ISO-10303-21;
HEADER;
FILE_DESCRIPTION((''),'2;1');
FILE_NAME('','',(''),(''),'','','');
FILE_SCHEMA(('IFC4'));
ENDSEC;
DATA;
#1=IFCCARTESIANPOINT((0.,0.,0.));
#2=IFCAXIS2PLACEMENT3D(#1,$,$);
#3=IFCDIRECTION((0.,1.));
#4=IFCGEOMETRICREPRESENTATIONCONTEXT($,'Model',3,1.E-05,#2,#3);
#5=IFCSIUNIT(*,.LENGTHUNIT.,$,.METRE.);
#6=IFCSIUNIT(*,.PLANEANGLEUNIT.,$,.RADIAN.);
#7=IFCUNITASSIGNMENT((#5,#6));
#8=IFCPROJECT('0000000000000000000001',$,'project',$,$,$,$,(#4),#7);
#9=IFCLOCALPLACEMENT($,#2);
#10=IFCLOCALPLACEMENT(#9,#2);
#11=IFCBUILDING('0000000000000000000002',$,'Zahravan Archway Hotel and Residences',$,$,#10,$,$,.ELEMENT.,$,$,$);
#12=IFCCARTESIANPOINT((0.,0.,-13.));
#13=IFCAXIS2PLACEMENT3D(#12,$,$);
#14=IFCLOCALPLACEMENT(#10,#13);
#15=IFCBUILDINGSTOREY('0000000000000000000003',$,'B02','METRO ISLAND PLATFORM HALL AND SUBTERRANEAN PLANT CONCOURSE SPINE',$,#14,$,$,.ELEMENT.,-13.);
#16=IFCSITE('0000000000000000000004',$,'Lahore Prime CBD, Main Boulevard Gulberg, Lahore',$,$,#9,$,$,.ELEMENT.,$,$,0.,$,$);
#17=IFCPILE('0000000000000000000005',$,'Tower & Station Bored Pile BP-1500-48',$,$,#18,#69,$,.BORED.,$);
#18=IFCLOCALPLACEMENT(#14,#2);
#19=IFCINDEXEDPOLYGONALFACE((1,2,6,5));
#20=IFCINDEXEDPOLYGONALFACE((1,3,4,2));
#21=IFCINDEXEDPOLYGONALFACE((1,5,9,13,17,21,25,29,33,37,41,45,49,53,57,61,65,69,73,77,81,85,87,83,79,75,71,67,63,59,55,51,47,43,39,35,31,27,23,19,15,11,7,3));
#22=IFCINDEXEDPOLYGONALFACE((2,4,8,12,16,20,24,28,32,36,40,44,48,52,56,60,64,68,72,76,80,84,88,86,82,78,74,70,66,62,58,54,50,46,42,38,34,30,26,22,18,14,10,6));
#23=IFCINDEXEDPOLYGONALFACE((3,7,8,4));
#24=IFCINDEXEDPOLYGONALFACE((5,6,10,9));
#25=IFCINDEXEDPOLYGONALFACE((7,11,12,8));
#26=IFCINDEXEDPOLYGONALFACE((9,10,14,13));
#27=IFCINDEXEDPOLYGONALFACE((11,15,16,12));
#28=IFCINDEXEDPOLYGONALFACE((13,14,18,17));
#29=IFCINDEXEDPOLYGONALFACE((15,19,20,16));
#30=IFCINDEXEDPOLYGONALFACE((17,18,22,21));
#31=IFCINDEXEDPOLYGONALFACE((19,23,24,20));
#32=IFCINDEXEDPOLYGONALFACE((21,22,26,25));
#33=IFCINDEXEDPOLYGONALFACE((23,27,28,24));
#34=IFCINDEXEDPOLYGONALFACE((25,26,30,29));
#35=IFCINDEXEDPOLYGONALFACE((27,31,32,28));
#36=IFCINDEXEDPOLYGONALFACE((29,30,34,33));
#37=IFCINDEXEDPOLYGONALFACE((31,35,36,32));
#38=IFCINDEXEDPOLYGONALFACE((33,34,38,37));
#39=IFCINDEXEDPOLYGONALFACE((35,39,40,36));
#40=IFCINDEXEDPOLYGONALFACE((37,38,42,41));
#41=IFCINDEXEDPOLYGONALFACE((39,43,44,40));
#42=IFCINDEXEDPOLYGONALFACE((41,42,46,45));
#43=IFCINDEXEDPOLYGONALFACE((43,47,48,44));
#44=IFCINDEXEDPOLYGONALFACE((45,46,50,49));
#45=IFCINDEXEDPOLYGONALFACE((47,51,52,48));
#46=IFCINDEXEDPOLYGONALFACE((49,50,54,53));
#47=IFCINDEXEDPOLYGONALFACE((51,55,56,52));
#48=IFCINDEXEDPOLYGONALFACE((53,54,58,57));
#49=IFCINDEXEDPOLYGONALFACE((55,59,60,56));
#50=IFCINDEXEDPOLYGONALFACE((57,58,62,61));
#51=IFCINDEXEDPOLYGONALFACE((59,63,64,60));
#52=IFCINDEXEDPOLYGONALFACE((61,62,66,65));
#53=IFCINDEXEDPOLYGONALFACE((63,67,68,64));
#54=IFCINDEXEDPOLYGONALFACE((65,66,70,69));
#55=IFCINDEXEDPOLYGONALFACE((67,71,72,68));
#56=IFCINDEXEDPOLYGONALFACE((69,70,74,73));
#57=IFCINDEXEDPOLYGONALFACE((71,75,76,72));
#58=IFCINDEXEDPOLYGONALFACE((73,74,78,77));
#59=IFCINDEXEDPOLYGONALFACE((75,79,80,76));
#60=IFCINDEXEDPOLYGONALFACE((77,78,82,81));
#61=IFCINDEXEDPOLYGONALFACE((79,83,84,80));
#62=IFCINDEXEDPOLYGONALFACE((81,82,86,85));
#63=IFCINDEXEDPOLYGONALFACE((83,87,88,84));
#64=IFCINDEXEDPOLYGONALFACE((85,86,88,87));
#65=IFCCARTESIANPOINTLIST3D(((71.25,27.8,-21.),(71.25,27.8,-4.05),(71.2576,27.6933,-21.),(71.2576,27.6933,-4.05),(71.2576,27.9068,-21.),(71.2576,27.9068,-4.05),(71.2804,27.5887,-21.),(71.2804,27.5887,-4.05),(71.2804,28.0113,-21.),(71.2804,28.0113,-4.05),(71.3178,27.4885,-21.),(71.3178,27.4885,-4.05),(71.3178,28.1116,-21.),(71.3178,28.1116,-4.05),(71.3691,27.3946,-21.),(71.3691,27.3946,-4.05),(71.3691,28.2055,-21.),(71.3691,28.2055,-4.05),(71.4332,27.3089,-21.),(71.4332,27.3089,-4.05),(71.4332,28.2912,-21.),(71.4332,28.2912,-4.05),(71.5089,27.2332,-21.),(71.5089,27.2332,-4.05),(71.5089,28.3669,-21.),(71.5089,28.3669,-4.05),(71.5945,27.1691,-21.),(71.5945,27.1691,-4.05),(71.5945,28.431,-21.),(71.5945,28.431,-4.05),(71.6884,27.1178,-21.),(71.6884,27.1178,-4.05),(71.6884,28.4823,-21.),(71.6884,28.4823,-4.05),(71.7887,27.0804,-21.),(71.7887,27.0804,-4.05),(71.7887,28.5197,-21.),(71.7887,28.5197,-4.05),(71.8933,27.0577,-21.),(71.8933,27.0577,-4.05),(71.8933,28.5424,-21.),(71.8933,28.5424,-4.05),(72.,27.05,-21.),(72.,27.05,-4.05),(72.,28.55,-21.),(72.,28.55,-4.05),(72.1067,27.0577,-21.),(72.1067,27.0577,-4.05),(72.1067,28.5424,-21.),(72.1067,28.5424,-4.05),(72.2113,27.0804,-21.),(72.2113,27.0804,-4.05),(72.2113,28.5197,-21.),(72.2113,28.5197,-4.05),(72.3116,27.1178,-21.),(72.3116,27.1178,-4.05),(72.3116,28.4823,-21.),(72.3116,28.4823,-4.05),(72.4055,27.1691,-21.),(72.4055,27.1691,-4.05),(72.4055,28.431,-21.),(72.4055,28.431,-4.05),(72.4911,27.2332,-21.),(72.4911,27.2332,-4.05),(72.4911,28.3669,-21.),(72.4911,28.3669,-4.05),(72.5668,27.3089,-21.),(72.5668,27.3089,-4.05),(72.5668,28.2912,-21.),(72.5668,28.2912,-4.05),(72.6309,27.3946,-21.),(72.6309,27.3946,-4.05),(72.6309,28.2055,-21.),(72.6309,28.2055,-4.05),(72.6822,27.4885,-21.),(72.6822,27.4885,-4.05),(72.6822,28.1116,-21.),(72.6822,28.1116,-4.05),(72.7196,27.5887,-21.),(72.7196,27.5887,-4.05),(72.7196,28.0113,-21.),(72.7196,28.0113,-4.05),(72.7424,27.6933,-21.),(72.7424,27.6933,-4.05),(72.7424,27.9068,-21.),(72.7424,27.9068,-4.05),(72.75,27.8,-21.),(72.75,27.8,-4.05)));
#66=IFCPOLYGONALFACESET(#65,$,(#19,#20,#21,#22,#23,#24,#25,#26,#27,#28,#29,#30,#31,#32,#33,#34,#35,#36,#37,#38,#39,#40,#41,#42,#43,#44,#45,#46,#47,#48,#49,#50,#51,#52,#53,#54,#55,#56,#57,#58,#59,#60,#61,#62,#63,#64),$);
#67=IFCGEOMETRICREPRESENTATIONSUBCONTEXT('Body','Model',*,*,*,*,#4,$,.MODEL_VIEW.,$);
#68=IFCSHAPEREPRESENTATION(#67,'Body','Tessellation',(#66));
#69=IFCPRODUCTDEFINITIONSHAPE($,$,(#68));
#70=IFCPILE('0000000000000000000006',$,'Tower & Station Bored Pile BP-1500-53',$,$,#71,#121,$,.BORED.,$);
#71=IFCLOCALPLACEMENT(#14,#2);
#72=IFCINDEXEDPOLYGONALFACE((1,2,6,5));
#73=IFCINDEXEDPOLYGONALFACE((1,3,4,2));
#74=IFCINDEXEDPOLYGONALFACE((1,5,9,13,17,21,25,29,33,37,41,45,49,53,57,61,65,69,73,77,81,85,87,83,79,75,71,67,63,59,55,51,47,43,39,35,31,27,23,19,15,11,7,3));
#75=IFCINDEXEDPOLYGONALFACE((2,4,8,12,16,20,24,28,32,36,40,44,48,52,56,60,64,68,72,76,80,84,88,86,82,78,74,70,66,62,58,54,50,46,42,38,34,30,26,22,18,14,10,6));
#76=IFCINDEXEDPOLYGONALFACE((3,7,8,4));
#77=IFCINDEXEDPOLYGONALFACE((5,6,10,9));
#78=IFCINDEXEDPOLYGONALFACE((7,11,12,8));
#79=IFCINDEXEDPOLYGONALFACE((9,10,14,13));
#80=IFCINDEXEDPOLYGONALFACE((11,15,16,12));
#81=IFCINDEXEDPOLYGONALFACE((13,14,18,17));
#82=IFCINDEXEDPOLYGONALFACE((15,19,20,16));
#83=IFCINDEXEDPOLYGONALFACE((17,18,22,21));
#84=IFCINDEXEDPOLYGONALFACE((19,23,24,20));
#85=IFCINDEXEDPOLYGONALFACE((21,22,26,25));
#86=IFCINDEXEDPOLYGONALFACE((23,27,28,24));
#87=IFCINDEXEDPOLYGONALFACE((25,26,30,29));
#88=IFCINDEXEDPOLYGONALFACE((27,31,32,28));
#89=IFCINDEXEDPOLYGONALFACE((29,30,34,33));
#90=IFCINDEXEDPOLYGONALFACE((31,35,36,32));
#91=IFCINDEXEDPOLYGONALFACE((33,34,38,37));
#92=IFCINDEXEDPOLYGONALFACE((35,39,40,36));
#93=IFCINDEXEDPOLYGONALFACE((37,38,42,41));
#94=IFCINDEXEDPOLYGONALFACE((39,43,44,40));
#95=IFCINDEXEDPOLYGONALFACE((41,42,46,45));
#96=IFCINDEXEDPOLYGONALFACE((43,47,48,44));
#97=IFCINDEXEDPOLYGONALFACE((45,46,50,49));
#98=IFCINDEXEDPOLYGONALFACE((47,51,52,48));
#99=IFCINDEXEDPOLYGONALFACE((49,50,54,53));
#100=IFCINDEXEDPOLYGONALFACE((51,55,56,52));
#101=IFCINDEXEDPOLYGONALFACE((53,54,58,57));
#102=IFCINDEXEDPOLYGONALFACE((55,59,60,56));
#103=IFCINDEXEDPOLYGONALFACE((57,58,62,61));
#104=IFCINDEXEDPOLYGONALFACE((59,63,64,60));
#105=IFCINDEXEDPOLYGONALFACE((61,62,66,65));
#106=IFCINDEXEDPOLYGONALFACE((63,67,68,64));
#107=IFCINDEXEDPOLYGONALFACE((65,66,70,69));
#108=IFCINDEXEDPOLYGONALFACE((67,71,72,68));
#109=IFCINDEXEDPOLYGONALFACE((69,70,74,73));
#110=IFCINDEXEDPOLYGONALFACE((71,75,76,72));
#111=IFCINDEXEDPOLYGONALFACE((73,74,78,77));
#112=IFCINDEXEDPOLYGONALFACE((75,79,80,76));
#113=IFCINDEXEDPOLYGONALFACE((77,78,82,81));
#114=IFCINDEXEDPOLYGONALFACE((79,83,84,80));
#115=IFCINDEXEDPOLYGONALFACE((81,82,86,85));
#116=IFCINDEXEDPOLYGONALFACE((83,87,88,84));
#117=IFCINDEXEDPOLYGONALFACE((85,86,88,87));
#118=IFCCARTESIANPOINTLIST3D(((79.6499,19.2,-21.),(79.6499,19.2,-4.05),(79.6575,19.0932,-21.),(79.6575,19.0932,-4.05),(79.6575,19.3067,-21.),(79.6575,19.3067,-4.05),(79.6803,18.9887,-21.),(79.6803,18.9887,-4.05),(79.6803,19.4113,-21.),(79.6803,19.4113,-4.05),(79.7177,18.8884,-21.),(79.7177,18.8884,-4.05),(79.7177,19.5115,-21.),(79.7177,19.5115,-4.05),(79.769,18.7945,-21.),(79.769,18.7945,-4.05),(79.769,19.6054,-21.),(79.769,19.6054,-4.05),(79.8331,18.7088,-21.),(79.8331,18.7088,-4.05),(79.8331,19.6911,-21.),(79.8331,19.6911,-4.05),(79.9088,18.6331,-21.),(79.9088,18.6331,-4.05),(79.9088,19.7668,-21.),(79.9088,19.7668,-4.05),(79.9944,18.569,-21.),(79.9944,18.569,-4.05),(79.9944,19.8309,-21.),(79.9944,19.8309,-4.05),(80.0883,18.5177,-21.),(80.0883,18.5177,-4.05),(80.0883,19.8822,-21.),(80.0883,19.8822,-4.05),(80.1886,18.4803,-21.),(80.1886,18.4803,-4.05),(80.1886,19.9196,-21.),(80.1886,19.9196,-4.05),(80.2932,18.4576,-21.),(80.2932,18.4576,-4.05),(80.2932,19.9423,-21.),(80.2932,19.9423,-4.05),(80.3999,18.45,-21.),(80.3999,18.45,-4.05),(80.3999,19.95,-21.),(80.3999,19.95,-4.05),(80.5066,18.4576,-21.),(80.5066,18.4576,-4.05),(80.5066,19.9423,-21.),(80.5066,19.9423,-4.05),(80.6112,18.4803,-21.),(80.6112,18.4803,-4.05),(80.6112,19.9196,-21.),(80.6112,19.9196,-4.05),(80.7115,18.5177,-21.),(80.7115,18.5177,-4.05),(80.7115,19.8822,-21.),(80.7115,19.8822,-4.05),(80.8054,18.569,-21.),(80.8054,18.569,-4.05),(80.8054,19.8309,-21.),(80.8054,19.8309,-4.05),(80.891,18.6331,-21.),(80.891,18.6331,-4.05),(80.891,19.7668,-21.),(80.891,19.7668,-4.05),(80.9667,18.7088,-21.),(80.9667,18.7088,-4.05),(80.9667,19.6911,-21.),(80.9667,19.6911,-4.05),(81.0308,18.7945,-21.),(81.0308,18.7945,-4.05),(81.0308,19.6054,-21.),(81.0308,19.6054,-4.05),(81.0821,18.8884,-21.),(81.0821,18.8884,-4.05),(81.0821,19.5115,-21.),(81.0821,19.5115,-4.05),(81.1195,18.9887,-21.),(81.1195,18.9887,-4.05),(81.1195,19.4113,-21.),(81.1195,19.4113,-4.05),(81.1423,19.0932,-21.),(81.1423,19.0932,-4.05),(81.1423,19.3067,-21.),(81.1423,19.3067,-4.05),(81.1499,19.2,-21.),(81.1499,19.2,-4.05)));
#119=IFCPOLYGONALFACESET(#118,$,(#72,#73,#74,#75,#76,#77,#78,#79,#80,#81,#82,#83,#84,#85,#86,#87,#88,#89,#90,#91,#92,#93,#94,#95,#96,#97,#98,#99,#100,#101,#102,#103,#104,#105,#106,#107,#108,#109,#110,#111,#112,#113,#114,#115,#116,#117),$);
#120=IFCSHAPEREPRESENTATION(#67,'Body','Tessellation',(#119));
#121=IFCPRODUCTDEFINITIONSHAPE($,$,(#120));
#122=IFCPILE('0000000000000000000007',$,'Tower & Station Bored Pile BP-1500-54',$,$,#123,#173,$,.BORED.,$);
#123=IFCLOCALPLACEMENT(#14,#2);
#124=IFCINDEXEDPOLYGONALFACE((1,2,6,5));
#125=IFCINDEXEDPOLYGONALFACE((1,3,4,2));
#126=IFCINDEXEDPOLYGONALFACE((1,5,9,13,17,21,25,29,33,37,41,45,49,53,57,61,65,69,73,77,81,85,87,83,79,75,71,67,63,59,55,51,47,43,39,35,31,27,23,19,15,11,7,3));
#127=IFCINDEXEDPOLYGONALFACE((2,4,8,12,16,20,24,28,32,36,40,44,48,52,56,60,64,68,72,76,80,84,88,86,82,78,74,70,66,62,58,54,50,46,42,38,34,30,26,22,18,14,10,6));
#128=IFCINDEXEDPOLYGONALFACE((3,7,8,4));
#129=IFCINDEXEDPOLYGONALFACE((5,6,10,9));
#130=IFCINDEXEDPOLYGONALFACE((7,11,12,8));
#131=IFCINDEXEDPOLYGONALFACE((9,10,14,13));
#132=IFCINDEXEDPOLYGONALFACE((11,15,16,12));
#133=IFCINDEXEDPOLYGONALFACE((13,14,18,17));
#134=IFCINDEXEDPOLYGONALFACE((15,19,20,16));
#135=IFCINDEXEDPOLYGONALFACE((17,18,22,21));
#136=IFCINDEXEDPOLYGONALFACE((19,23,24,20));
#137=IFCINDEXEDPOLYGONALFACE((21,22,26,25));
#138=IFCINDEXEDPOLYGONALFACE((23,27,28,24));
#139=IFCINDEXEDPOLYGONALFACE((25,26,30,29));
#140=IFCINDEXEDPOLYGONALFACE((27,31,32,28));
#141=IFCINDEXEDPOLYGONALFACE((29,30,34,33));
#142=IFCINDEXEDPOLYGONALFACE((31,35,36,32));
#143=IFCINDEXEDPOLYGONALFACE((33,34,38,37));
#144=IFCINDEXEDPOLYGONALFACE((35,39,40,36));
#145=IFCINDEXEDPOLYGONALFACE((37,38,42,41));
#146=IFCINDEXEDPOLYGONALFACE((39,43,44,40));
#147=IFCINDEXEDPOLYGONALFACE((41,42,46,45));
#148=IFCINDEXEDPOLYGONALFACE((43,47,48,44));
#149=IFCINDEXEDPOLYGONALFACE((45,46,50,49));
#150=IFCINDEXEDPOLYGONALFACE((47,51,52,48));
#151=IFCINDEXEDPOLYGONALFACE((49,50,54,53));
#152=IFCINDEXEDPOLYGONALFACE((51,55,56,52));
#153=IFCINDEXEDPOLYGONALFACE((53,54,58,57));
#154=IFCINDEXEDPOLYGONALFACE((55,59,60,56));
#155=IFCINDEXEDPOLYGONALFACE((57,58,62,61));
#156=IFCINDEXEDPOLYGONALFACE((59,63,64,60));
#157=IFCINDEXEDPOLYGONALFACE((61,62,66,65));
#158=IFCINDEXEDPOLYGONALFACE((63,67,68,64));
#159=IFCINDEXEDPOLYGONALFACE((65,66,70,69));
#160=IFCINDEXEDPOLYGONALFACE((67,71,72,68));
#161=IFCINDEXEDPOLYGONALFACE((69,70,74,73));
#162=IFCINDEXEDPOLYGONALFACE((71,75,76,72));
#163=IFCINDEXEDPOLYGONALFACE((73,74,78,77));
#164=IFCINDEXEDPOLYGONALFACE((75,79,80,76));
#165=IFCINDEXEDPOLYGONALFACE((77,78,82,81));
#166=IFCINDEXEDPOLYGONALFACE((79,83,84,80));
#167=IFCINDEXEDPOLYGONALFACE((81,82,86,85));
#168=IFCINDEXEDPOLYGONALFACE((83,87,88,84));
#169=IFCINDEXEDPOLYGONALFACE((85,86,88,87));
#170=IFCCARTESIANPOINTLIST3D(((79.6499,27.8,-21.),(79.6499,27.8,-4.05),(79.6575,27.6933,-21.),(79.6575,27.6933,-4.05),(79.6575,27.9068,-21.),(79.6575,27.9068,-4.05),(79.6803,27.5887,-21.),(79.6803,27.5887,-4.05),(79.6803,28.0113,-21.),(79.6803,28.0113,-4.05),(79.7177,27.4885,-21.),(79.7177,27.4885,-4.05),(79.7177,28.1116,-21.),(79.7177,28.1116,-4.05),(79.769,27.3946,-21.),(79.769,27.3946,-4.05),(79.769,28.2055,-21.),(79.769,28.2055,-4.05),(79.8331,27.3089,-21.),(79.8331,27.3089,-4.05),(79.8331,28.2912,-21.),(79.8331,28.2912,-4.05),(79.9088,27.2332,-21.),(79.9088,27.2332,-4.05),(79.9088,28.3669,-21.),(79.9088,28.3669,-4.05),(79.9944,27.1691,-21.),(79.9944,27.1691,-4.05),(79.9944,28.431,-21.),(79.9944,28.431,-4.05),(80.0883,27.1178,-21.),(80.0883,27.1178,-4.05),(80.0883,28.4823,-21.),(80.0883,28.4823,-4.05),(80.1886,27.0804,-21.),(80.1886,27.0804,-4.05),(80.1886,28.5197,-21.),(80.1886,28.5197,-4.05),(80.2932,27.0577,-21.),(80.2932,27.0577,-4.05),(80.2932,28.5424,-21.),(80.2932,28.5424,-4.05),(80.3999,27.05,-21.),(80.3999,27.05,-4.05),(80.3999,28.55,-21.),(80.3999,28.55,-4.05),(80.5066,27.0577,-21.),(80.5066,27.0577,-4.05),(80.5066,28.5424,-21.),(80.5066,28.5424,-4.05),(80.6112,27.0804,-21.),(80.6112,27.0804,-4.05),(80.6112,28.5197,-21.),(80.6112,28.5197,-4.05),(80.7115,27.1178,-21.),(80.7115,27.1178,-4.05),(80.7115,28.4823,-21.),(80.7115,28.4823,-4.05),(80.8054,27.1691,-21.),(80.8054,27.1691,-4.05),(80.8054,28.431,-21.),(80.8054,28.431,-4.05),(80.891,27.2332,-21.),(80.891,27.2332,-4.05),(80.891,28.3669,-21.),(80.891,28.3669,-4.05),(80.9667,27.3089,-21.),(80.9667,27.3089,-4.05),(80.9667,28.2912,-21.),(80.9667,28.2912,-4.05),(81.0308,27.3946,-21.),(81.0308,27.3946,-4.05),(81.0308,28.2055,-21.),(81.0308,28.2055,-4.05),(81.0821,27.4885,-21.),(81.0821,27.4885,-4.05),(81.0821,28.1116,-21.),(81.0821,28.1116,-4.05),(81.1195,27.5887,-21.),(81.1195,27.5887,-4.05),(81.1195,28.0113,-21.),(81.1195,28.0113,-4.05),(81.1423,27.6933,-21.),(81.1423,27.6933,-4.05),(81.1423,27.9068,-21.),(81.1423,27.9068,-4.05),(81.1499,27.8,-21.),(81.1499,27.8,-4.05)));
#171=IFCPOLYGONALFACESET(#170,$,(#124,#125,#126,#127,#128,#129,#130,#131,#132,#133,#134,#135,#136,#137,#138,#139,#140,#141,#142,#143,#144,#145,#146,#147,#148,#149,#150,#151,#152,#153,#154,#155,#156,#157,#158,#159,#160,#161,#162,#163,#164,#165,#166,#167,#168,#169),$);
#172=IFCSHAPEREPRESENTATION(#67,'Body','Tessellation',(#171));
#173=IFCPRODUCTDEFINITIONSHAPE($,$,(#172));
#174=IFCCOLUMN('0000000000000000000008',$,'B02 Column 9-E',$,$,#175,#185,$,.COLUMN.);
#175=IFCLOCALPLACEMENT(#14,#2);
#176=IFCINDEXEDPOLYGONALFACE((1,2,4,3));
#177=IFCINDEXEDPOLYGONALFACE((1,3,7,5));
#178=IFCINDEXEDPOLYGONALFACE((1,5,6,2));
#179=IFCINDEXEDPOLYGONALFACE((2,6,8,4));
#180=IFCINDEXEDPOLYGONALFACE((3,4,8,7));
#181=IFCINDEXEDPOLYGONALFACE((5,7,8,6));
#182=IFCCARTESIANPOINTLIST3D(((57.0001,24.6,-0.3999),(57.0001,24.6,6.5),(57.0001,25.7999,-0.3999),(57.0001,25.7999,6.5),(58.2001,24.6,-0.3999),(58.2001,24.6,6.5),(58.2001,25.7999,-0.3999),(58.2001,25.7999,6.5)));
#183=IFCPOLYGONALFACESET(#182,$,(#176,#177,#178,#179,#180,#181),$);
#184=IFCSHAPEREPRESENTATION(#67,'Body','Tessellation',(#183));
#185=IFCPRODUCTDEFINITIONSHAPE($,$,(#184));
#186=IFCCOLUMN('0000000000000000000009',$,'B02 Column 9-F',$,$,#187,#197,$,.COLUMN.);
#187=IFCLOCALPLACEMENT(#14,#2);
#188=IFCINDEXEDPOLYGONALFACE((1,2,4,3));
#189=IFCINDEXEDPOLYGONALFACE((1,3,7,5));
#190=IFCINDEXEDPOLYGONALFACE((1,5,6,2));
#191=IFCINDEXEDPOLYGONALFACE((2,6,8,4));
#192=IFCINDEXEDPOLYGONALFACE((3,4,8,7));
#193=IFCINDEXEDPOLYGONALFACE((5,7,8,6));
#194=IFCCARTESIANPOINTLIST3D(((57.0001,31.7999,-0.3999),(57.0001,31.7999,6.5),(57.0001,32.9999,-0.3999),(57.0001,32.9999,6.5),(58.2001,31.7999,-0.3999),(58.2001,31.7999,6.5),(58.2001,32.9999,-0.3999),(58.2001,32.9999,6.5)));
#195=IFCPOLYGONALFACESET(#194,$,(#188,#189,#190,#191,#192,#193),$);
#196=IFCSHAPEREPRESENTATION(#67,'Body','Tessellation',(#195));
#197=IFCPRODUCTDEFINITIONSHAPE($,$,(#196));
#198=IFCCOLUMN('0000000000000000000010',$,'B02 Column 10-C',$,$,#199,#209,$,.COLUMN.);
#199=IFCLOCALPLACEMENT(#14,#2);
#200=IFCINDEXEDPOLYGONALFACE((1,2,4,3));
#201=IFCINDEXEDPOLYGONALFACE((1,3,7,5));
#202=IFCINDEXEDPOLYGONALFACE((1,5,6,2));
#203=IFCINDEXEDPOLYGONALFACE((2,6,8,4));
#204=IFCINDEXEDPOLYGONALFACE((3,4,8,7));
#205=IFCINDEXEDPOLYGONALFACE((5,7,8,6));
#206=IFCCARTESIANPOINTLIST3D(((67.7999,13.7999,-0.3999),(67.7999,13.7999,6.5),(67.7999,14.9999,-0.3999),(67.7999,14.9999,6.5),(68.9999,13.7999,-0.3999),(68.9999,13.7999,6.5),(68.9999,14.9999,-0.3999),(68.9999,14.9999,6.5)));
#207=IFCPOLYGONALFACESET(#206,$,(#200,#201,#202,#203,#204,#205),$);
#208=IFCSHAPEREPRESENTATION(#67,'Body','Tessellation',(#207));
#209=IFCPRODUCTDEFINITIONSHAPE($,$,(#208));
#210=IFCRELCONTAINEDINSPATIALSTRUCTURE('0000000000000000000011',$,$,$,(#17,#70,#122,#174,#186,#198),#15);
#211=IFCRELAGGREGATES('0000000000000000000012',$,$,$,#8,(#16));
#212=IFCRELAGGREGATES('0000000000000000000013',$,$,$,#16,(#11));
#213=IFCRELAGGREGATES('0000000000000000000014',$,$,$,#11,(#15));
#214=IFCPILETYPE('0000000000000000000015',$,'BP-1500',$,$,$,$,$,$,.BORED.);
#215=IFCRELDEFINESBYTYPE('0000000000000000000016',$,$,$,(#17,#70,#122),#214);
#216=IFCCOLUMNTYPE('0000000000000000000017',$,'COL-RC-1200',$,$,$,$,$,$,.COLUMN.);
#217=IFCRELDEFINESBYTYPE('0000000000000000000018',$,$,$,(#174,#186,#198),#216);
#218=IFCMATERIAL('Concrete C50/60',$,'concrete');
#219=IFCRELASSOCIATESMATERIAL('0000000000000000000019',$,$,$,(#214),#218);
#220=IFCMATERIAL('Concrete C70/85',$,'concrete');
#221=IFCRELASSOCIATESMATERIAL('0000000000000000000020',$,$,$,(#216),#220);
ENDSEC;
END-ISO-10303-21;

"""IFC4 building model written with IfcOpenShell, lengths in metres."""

from ifc_helpers import new_model, si_unit, direction, frame, origin, origin_2d, place, context, subcontext, project, spatial, rectangle, circle, extrude, source, transform, mapped, material, material_profile, profile_set, type_object, type_shapes, element, save


model = new_model("IFC4")

# Units and contexts
model_context = context("Model", 3, precision=1e-05, world=origin(), true_north=direction((0.0, 1.0)))
body_context = subcontext(model_context, "Body", "Model", "MODEL_VIEW")
ifc_project = project(units=[si_unit("LENGTHUNIT", "METRE"), si_unit("PLANEANGLEUNIT", "RADIAN")], contexts=[model_context])

# Site, building, storey
site_placement = place(None, origin())
site = spatial("IfcSite", under=ifc_project, at=site_placement, Name="Lahore Prime CBD, Main Boulevard Gulberg, Lahore", CompositionType="ELEMENT", RefElevation=0.0)
building_placement = place(site_placement, origin())
building = spatial("IfcBuilding", under=site, at=building_placement, Name="Zahravan Archway Hotel and Residences", CompositionType="ELEMENT")
storey_placement = place(building_placement, frame((0.0, 0.0, -13.0)))
storey = spatial("IfcBuildingStorey", under=building, at=storey_placement, Name="B02", Description="METRO ISLAND PLATFORM HALL AND SUBTERRANEAN PLANT CONCOURSE SPINE", CompositionType="ELEMENT", Elevation=-13.0)

# Piles
ifc_material_1 = material(Name="Concrete C50/60", Category="concrete")
ifc_material_profile_1 = material_profile(ifc_material_1, circle(Radius=0.75, at=origin_2d()), Name="PILE D1500", Category="concrete")
ifc_profile_set_1 = profile_set([ifc_material_profile_1], Name="Concrete C50/60")
pile_type = type_object("IfcPileType", Name="BP-1500", PredefinedType="BORED", material=ifc_profile_set_1)
shared_shape_1 = source(origin(), body_context, "Body", "SweptSolid", [
    extrude(circle(Radius=0.75, at=origin_2d()), origin(), (0.0, 0.0, 1.0), 16.95),
])
type_shapes(pile_type, [shared_shape_1])
for number, where, z_axis, x_axis, name in (
    (1, (72.0, 27.8, -4.05), (0.0, 0.0, -1.0), (1.0, 0.0, 0.0), "Tower & Station Bored Pile BP-1500-48"),
    (2, (80.3999, 19.2, -4.05), (0.0, 0.0, -1.0), (1.0, 0.0, 0.0), "Tower & Station Bored Pile BP-1500-53"),
    (3, (80.3999, 27.8, -4.05), (0.0, 0.0, -1.0), (1.0, 0.0, 0.0), "Tower & Station Bored Pile BP-1500-54"),
):
    element("IfcPile", number, at=place(storey_placement, frame(where, z_axis=z_axis, x_axis=x_axis)), inside=storey, type_object=pile_type, Name=name, PredefinedType="BORED", context=body_context, shape_type="MappedRepresentation", body=[
        mapped(shared_shape_1, transform((0.0, 0.0, 0.0), scale=1.0)),
    ])

# Columns
ifc_material_2 = material(Name="Concrete C70/85", Category="concrete")
ifc_material_profile_2 = material_profile(ifc_material_2, rectangle(XDim=1.2, YDim=1.2, at=origin_2d()), Name="RC-COL-1200x1200", Category="concrete")
ifc_profile_set_2 = profile_set([ifc_material_profile_2], Name="Concrete C70/85")
column_type = type_object("IfcColumnType", Name="COL-RC-1200", PredefinedType="COLUMN", material=ifc_profile_set_2)
shared_shape_2 = source(origin(), body_context, "Body", "SweptSolid", [
    extrude(rectangle(XDim=1.2, YDim=1.2, at=origin_2d()), origin(), (0.0, 0.0, 1.0), 6.8999),
])
type_shapes(column_type, [shared_shape_2])
for number, where, z_axis, x_axis, name in (
    (4, (57.6001, 25.2, -0.3999), (0.0, 0.0, 1.0), (1.0, 0.0, 0.0), "B02 Column 9-E"),
    (5, (57.6001, 32.3999, -0.3999), (0.0, 0.0, 1.0), (1.0, 0.0, 0.0), "B02 Column 9-F"),
    (6, (68.3999, 14.3999, -0.3999), (0.0, 0.0, 1.0), (1.0, 0.0, 0.0), "B02 Column 10-C"),
):
    element("IfcColumn", number, at=place(storey_placement, frame(where, z_axis=z_axis, x_axis=x_axis)), inside=storey, type_object=column_type, Name=name, PredefinedType="COLUMN", context=body_context, shape_type="MappedRepresentation", body=[
        mapped(shared_shape_2, transform((0.0, 0.0, 0.0), scale=1.0)),
    ])

save(model, "model.ifc")
